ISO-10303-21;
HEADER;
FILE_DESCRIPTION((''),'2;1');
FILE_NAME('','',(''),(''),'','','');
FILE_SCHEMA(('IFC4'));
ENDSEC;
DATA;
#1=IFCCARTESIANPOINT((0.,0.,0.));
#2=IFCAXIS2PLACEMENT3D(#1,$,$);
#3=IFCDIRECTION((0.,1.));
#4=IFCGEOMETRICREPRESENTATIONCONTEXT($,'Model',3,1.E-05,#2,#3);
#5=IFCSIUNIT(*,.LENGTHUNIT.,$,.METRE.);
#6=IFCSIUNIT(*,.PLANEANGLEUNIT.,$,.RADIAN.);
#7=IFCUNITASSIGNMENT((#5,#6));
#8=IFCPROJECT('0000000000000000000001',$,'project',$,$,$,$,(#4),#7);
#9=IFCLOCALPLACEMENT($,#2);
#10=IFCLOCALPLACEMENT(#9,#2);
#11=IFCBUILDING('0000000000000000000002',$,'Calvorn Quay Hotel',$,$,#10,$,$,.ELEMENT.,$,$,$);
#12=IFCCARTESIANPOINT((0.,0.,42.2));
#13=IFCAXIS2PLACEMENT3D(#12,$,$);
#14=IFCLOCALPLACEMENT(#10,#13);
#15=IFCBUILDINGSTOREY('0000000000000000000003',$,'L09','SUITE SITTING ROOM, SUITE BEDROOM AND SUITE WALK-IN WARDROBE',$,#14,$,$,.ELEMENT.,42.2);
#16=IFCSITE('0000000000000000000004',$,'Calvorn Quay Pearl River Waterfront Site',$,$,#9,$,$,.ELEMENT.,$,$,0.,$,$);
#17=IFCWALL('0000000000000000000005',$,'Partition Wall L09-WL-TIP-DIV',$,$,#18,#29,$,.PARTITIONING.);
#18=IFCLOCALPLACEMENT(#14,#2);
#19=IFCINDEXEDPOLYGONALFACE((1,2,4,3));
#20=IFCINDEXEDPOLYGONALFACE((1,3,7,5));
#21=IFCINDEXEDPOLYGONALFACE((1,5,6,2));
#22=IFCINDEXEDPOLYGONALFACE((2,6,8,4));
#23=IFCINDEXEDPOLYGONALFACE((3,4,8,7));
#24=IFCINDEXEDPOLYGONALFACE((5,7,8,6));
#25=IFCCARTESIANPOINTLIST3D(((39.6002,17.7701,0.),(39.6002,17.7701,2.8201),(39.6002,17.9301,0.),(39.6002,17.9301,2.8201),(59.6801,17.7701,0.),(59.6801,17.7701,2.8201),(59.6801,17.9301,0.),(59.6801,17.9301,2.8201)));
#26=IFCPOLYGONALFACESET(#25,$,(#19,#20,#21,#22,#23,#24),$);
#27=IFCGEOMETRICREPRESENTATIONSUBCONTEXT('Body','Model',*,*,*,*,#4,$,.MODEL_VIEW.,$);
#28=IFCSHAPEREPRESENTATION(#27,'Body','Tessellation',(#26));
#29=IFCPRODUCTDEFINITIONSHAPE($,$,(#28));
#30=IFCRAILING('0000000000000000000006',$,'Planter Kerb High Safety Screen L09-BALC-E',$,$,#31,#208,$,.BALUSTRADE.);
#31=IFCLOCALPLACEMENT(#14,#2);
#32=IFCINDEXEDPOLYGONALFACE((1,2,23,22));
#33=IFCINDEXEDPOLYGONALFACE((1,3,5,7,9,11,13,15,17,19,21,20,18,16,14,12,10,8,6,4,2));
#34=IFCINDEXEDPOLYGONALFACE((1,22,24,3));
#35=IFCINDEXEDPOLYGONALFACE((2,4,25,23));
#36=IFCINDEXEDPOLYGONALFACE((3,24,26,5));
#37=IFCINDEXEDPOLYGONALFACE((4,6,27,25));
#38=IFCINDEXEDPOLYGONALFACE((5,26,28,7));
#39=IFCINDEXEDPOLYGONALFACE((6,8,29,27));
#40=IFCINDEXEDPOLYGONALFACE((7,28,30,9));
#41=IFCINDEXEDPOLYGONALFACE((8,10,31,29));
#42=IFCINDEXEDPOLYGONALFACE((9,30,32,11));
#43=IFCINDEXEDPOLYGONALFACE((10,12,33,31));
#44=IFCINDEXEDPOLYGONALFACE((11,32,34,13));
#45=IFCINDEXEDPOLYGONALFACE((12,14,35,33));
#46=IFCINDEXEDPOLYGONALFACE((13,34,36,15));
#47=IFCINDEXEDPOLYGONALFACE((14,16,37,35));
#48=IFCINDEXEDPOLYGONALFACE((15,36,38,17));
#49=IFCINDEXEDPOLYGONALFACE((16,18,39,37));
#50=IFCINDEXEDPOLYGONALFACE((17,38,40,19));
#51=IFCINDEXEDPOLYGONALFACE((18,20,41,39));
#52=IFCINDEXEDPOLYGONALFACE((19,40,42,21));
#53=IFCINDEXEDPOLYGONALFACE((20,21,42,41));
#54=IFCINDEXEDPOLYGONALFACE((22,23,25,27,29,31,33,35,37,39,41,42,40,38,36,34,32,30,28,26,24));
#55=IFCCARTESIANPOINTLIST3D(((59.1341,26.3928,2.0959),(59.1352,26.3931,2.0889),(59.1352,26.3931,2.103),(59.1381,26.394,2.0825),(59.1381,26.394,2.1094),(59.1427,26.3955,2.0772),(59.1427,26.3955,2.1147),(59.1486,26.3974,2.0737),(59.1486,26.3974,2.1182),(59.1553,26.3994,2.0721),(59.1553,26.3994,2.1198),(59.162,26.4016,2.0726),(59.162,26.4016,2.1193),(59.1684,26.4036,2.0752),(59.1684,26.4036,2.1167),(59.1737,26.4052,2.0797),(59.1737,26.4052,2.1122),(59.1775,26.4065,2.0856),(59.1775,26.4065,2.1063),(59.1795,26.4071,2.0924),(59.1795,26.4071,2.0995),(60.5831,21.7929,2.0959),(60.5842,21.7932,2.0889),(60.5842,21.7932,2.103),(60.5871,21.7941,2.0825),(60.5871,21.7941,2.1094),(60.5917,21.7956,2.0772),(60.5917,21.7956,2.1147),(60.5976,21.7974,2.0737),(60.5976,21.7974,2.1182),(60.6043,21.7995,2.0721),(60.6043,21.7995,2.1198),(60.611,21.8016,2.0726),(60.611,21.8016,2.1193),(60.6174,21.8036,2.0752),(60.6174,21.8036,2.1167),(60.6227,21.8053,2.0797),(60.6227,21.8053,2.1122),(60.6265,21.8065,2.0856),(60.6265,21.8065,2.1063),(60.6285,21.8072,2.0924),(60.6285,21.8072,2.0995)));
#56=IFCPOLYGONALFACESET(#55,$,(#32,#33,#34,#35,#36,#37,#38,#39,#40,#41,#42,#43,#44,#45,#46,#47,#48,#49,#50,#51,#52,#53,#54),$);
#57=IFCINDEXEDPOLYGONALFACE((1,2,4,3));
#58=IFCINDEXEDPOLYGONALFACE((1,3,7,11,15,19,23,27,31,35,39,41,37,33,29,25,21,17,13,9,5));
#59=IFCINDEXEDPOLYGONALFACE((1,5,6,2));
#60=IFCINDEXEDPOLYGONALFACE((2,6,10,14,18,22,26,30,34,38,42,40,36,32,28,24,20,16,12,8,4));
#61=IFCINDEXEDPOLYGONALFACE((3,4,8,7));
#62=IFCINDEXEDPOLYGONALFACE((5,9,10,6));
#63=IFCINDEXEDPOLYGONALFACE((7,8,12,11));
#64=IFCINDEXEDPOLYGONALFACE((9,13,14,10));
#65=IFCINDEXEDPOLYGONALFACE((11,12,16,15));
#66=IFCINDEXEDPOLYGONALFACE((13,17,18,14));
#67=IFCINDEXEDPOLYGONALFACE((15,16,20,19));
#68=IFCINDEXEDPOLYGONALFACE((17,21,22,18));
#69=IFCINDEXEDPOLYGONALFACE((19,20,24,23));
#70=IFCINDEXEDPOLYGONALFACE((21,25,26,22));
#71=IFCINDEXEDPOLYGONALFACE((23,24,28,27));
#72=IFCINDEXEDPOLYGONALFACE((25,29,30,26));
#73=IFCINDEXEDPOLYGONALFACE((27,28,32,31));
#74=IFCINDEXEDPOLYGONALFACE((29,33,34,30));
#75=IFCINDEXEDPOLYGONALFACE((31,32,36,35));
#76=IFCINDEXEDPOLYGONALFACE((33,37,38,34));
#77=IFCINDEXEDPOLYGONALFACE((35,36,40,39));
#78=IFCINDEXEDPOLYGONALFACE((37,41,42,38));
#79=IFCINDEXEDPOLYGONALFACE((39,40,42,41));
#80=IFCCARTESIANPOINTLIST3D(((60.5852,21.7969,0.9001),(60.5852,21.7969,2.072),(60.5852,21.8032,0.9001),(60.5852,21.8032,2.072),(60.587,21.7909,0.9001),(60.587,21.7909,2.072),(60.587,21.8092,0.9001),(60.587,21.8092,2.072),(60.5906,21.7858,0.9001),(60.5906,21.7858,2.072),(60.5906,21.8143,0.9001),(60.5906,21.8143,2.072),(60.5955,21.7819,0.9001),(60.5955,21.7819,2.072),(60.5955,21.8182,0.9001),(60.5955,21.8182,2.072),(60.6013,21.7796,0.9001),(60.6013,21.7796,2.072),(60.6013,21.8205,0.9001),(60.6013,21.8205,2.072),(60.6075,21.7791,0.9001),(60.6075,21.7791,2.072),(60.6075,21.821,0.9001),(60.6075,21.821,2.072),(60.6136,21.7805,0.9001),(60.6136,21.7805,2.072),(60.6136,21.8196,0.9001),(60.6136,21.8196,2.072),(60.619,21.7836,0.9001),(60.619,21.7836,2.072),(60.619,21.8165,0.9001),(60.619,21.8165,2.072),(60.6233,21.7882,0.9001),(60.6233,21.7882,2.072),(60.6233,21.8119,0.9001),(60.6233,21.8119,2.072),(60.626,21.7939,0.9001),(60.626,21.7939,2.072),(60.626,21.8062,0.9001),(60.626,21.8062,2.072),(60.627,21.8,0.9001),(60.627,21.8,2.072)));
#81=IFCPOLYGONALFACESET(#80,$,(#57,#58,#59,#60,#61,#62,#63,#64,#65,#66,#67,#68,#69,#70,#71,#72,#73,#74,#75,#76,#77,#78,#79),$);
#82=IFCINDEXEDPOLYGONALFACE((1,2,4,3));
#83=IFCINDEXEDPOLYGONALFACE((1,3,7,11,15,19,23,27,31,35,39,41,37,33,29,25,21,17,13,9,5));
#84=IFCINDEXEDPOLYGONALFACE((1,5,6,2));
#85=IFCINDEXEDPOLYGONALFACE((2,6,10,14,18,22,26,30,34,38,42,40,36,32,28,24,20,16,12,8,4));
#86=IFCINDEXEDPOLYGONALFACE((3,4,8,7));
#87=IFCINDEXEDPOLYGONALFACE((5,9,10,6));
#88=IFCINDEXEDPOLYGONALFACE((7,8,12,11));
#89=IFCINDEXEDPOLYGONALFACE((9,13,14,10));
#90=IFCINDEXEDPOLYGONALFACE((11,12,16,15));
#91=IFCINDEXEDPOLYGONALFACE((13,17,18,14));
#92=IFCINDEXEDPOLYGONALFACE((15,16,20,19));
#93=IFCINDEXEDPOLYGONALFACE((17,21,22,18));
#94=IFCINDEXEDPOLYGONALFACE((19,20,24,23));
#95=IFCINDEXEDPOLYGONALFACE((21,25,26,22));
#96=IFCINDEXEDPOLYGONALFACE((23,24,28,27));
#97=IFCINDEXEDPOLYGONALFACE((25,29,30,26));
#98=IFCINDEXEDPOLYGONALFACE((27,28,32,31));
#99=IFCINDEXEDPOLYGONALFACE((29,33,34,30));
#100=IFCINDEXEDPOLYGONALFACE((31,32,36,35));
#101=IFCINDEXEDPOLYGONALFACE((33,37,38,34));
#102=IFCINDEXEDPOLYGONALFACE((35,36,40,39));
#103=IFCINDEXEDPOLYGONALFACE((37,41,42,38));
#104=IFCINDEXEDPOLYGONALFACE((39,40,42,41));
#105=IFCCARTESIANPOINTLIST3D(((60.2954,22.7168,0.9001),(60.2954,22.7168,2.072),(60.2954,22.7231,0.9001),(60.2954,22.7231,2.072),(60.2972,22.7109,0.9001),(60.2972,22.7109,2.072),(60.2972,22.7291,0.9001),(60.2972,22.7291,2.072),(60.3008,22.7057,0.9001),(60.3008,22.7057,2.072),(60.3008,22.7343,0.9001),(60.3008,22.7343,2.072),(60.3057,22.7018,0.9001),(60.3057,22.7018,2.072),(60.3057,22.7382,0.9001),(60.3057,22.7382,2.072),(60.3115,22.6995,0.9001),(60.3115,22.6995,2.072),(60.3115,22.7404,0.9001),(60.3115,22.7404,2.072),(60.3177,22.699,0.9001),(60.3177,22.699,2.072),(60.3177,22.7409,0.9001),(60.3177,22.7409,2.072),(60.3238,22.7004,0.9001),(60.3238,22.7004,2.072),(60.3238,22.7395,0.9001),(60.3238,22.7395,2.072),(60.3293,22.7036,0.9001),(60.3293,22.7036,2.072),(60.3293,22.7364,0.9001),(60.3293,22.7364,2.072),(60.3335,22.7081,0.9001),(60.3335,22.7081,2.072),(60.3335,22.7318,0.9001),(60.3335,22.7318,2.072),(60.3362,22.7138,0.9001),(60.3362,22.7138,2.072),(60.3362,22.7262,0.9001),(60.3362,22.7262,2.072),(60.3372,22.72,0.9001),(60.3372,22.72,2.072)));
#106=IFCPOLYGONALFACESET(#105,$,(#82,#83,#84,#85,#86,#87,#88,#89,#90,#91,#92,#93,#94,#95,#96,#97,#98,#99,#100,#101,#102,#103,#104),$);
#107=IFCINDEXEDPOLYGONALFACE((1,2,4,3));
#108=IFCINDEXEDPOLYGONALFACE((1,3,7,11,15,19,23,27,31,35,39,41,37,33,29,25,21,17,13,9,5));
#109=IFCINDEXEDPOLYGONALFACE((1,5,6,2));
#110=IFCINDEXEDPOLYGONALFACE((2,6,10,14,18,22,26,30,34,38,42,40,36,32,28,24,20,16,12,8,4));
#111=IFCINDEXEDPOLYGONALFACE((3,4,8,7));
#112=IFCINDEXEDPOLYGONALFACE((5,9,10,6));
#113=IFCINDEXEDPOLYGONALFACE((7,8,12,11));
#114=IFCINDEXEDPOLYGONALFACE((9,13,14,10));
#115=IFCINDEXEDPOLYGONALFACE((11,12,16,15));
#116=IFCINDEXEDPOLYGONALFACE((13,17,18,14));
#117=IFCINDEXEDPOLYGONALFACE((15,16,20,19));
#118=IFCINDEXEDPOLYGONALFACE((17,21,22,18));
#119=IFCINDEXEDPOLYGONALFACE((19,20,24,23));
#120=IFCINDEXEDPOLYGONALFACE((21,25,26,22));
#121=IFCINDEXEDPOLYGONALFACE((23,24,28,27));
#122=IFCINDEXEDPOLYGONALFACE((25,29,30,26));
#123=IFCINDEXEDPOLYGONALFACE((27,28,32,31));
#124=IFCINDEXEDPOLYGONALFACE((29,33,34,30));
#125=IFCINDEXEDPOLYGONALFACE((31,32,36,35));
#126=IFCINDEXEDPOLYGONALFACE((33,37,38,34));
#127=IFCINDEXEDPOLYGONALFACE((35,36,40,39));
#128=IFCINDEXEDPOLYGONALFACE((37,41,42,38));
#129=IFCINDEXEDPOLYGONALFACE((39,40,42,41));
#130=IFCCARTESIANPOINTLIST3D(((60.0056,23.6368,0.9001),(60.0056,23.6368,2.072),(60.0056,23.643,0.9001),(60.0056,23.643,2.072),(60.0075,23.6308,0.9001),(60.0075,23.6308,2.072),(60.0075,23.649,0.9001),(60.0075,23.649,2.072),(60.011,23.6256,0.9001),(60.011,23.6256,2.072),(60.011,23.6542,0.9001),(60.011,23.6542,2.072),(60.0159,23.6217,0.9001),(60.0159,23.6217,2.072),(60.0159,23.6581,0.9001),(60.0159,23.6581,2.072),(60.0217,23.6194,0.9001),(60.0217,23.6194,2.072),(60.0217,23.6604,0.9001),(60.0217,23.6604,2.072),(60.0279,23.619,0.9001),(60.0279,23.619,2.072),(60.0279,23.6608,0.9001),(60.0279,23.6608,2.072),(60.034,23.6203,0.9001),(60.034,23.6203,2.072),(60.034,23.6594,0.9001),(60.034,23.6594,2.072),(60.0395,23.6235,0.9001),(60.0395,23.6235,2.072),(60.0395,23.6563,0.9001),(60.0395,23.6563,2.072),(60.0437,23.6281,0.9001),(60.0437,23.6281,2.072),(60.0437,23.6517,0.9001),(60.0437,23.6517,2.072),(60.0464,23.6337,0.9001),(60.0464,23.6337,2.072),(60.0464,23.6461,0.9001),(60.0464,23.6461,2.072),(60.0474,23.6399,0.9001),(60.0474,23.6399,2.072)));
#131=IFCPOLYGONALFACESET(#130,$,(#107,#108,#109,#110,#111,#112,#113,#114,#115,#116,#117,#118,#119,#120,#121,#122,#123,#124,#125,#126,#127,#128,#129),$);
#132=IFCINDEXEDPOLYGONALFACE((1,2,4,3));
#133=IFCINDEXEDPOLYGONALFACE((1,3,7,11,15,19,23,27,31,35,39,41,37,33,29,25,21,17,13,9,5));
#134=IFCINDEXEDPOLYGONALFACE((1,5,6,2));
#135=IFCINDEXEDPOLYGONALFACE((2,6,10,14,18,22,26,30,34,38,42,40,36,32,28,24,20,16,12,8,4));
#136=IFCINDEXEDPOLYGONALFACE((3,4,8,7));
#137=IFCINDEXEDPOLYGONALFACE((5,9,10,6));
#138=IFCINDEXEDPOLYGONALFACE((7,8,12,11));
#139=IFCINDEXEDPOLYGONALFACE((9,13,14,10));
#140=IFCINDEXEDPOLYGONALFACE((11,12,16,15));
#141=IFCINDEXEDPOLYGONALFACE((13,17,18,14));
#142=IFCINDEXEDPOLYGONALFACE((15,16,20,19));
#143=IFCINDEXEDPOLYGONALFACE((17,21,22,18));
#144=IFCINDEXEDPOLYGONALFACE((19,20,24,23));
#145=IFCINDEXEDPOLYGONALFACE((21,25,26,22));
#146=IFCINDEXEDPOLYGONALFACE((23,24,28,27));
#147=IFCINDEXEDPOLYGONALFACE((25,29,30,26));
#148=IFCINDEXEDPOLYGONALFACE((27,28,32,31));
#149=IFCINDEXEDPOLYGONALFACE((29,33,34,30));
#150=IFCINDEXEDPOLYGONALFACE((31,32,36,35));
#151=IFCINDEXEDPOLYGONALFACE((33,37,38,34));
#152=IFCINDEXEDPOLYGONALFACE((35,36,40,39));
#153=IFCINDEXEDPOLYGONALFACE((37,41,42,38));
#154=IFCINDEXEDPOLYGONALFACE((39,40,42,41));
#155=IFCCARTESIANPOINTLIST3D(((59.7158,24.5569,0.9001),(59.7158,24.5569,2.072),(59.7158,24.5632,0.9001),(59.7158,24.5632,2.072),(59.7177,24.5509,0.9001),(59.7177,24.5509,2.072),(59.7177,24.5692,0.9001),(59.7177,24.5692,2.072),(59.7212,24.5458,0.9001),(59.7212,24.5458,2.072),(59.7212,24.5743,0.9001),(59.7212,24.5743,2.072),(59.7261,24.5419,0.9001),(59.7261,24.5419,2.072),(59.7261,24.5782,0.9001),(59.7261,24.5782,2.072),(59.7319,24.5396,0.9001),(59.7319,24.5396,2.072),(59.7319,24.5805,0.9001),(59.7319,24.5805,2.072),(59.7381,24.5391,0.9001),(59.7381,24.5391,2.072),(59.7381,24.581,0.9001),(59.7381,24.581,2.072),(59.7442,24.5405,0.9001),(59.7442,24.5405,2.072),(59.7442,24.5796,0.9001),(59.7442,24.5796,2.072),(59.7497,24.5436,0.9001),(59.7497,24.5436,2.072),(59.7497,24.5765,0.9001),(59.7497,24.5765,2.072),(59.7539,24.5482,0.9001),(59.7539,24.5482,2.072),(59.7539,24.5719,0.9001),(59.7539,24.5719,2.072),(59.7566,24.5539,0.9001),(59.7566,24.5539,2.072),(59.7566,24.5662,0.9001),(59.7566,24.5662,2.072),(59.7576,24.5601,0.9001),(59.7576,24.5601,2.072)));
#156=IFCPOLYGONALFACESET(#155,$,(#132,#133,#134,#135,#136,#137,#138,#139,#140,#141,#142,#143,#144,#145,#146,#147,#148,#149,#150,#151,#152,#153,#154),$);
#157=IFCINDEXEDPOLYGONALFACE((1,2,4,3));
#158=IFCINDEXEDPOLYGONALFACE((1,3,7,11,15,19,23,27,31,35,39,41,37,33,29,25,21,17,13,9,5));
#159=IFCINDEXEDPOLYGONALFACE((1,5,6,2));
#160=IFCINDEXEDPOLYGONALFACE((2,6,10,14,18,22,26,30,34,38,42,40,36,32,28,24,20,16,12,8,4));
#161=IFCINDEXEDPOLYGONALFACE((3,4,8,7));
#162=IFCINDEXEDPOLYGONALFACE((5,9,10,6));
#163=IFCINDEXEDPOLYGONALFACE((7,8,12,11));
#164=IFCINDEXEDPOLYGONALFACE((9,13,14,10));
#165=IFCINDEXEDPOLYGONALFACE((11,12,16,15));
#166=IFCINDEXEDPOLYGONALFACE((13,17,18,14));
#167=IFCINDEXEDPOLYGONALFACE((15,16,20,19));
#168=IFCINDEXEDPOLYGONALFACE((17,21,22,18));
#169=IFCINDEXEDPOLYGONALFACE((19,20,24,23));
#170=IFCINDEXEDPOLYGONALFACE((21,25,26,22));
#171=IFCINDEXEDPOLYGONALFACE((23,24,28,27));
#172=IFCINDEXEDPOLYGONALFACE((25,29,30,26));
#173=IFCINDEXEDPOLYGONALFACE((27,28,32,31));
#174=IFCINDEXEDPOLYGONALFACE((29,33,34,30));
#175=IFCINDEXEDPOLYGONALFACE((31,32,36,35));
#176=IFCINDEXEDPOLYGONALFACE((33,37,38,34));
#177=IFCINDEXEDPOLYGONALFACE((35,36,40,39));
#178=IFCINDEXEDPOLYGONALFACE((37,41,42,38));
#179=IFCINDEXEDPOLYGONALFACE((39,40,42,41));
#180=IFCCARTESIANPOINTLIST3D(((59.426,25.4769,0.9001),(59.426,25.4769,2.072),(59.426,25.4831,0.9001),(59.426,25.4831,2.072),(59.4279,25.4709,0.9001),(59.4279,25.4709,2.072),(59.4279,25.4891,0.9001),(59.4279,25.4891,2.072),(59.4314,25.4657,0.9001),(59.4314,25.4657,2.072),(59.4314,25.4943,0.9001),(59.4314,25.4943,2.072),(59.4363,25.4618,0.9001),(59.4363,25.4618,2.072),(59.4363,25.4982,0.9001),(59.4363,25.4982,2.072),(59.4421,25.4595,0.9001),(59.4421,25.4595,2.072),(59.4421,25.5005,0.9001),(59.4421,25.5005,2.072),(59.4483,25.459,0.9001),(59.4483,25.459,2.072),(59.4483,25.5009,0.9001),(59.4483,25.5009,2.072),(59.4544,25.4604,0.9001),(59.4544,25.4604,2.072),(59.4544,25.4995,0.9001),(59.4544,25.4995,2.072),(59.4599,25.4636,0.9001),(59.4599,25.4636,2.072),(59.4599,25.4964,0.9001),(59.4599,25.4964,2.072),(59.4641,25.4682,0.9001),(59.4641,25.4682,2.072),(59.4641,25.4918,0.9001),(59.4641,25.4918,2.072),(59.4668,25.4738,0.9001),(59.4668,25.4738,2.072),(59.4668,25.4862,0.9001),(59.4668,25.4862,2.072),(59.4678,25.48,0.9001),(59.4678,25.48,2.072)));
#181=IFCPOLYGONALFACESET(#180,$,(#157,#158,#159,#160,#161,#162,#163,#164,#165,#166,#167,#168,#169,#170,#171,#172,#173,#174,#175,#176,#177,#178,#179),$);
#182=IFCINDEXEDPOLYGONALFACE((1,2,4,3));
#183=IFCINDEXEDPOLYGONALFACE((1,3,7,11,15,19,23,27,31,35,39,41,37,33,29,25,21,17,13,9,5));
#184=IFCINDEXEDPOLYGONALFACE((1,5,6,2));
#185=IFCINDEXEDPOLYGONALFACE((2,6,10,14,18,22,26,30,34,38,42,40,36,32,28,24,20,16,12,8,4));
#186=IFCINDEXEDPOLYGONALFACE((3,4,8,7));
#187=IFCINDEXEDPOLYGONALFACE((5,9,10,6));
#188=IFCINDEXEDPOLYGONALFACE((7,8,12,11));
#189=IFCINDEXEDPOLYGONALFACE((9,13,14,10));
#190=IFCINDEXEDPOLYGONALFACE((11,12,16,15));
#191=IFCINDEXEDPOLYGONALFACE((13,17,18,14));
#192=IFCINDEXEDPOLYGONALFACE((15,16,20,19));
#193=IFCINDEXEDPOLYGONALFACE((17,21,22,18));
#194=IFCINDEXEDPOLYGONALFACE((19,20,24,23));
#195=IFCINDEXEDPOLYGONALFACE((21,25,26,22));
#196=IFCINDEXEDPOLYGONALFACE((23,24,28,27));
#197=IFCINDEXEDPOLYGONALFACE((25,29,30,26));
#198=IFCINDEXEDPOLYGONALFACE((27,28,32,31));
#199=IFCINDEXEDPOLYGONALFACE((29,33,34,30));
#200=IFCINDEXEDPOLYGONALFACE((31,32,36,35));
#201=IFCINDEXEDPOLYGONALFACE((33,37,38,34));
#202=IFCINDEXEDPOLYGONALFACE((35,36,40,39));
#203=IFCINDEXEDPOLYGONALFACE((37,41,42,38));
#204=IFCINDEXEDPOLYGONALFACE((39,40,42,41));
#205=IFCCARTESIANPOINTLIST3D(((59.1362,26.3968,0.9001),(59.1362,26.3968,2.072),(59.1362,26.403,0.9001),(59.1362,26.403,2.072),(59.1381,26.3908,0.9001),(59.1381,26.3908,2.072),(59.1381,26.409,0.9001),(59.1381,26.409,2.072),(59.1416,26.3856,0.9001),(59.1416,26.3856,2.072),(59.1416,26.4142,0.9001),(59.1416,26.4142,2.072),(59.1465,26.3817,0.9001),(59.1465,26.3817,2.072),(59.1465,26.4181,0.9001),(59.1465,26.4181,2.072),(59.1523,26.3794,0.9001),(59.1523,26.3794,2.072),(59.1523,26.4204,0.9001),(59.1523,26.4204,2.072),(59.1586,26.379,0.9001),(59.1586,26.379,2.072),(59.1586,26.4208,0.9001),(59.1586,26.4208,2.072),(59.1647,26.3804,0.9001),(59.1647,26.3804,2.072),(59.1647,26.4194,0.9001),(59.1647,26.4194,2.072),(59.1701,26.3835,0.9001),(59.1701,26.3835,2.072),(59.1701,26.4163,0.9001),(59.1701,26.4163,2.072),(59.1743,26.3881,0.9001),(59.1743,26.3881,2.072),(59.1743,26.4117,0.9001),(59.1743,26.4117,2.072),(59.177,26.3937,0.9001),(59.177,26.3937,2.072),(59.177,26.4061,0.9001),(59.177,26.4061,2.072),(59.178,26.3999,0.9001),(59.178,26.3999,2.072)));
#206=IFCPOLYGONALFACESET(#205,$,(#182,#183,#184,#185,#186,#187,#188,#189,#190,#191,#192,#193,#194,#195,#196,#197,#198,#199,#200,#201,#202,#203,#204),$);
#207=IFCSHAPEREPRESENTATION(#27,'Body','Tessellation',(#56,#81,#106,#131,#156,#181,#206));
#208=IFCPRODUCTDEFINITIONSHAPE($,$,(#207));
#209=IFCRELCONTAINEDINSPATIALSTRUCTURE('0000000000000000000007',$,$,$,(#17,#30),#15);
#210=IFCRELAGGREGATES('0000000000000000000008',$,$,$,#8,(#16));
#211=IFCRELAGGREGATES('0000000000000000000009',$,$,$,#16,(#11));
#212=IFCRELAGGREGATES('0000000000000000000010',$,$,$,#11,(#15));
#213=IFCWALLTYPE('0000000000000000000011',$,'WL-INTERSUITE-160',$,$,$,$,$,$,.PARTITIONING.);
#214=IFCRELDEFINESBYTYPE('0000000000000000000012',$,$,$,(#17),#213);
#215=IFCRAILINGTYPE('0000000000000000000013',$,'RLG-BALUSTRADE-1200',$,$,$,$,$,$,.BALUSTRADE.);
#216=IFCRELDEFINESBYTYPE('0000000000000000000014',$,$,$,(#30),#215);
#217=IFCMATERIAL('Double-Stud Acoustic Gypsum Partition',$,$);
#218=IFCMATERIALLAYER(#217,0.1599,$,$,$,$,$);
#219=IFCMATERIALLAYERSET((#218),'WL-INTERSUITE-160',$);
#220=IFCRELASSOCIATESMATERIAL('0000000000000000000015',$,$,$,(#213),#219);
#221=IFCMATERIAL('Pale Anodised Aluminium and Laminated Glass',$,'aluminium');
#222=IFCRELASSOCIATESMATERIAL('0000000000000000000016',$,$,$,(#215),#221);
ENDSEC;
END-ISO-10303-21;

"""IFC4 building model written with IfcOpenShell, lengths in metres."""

from ifc_helpers import new_model, si_unit, direction, frame, frame_2d, origin, origin_2d, place, context, subcontext, project, spatial, rectangle, circle, extrude, material, layer, layer_set, type_object, element, save


model = new_model("IFC4")

# Units and contexts
model_context = context("Model", 3, precision=1e-05, world=origin(), true_north=direction((0.0, 1.0)))
body_context = subcontext(model_context, "Body", "Model", "MODEL_VIEW")
ifc_project = project(units=[si_unit("LENGTHUNIT", "METRE"), si_unit("PLANEANGLEUNIT", "RADIAN")], contexts=[model_context])

# Site, building, storey
site_placement = place(None, origin())
site = spatial("IfcSite", under=ifc_project, at=site_placement, Name="Calvorn Quay Pearl River Waterfront Site", CompositionType="ELEMENT", RefElevation=0.0)
building_placement = place(site_placement, origin())
building = spatial("IfcBuilding", under=site, at=building_placement, Name="Calvorn Quay Hotel", CompositionType="ELEMENT")
storey_placement = place(building_placement, frame((0.0, 0.0, 42.2)))
storey = spatial("IfcBuildingStorey", under=building, at=storey_placement, Name="L09", Description="SUITE SITTING ROOM, SUITE BEDROOM AND SUITE WALK-IN WARDROBE", CompositionType="ELEMENT", Elevation=42.2)

# Shared definitions
ifc_material_1 = material(Name="Double-Stud Acoustic Gypsum Partition")
ifc_layer_1 = layer(ifc_material_1, 0.1599)
ifc_layer_set_1 = layer_set([ifc_layer_1], Name="WL-INTERSUITE-160")
wall_type_1 = type_object("IfcWallType", Name="WL-INTERSUITE-160", PredefinedType="PARTITIONING", material=ifc_layer_set_1)

# Wall
wall_1_placement = place(storey_placement, frame((39.6001, 17.8501, 0.0), z_axis=(0.0, 0.0, 1.0), x_axis=(1.0, 0.0, 0.0)))
element("IfcWall", 1, at=wall_1_placement, inside=storey, type_object=wall_type_1, Name="Partition Wall L09-WL-TIP-DIV", PredefinedType="PARTITIONING", context=body_context, shape_type="SweptSolid", body=[
    extrude(rectangle(XDim=20.0798, YDim=0.1599, at=frame_2d((10.04, 0.0))), origin(), (0.0, 0.0, 1.0), 2.8201),
])

# Railing
ifc_material_2 = material(Name="Pale Anodised Aluminium and Laminated Glass", Category="aluminium")
railing_type = type_object("IfcRailingType", Name="RLG-BALUSTRADE-1200", PredefinedType="BALUSTRADE", material=ifc_material_2)
railing_1_placement = place(storey_placement, frame((60.606, 21.8, 0.9001)))
element("IfcRailing", 2, at=railing_1_placement, inside=storey, type_object=railing_type, Name="Planter Kerb High Safety Screen L09-BALC-E", PredefinedType="BALUSTRADE", context=body_context, shape_type="SweptSolid", body=[
    extrude(circle(Radius=0.0239, at=origin_2d()), frame((0.0, 0.0, 1.1958), z_axis=(-0.30045, 0.953797, 0.0), x_axis=(-0.953797, -0.30045, 0.0)), (0.0, 0.0, 1.0), 4.8228),
    extrude(circle(Radius=0.021, at=origin_2d()), origin(), (0.0, 0.0, 1.0), 1.1719),
    extrude(circle(Radius=0.021, at=origin_2d()), frame((-0.2898, 0.9199, 0.0)), (0.0, 0.0, 1.0), 1.1719),
    extrude(circle(Radius=0.021, at=origin_2d()), frame((-0.5796, 1.8398, 0.0)), (0.0, 0.0, 1.0), 1.1719),
    extrude(circle(Radius=0.021, at=origin_2d()), frame((-0.8694, 2.76, 0.0)), (0.0, 0.0, 1.0), 1.1719),
    extrude(circle(Radius=0.021, at=origin_2d()), frame((-1.1592, 3.6799, 0.0)), (0.0, 0.0, 1.0), 1.1719),
    extrude(circle(Radius=0.021, at=origin_2d()), frame((-1.449, 4.5999, 0.0)), (0.0, 0.0, 1.0), 1.1719),
])

save(model, "model.ifc")
